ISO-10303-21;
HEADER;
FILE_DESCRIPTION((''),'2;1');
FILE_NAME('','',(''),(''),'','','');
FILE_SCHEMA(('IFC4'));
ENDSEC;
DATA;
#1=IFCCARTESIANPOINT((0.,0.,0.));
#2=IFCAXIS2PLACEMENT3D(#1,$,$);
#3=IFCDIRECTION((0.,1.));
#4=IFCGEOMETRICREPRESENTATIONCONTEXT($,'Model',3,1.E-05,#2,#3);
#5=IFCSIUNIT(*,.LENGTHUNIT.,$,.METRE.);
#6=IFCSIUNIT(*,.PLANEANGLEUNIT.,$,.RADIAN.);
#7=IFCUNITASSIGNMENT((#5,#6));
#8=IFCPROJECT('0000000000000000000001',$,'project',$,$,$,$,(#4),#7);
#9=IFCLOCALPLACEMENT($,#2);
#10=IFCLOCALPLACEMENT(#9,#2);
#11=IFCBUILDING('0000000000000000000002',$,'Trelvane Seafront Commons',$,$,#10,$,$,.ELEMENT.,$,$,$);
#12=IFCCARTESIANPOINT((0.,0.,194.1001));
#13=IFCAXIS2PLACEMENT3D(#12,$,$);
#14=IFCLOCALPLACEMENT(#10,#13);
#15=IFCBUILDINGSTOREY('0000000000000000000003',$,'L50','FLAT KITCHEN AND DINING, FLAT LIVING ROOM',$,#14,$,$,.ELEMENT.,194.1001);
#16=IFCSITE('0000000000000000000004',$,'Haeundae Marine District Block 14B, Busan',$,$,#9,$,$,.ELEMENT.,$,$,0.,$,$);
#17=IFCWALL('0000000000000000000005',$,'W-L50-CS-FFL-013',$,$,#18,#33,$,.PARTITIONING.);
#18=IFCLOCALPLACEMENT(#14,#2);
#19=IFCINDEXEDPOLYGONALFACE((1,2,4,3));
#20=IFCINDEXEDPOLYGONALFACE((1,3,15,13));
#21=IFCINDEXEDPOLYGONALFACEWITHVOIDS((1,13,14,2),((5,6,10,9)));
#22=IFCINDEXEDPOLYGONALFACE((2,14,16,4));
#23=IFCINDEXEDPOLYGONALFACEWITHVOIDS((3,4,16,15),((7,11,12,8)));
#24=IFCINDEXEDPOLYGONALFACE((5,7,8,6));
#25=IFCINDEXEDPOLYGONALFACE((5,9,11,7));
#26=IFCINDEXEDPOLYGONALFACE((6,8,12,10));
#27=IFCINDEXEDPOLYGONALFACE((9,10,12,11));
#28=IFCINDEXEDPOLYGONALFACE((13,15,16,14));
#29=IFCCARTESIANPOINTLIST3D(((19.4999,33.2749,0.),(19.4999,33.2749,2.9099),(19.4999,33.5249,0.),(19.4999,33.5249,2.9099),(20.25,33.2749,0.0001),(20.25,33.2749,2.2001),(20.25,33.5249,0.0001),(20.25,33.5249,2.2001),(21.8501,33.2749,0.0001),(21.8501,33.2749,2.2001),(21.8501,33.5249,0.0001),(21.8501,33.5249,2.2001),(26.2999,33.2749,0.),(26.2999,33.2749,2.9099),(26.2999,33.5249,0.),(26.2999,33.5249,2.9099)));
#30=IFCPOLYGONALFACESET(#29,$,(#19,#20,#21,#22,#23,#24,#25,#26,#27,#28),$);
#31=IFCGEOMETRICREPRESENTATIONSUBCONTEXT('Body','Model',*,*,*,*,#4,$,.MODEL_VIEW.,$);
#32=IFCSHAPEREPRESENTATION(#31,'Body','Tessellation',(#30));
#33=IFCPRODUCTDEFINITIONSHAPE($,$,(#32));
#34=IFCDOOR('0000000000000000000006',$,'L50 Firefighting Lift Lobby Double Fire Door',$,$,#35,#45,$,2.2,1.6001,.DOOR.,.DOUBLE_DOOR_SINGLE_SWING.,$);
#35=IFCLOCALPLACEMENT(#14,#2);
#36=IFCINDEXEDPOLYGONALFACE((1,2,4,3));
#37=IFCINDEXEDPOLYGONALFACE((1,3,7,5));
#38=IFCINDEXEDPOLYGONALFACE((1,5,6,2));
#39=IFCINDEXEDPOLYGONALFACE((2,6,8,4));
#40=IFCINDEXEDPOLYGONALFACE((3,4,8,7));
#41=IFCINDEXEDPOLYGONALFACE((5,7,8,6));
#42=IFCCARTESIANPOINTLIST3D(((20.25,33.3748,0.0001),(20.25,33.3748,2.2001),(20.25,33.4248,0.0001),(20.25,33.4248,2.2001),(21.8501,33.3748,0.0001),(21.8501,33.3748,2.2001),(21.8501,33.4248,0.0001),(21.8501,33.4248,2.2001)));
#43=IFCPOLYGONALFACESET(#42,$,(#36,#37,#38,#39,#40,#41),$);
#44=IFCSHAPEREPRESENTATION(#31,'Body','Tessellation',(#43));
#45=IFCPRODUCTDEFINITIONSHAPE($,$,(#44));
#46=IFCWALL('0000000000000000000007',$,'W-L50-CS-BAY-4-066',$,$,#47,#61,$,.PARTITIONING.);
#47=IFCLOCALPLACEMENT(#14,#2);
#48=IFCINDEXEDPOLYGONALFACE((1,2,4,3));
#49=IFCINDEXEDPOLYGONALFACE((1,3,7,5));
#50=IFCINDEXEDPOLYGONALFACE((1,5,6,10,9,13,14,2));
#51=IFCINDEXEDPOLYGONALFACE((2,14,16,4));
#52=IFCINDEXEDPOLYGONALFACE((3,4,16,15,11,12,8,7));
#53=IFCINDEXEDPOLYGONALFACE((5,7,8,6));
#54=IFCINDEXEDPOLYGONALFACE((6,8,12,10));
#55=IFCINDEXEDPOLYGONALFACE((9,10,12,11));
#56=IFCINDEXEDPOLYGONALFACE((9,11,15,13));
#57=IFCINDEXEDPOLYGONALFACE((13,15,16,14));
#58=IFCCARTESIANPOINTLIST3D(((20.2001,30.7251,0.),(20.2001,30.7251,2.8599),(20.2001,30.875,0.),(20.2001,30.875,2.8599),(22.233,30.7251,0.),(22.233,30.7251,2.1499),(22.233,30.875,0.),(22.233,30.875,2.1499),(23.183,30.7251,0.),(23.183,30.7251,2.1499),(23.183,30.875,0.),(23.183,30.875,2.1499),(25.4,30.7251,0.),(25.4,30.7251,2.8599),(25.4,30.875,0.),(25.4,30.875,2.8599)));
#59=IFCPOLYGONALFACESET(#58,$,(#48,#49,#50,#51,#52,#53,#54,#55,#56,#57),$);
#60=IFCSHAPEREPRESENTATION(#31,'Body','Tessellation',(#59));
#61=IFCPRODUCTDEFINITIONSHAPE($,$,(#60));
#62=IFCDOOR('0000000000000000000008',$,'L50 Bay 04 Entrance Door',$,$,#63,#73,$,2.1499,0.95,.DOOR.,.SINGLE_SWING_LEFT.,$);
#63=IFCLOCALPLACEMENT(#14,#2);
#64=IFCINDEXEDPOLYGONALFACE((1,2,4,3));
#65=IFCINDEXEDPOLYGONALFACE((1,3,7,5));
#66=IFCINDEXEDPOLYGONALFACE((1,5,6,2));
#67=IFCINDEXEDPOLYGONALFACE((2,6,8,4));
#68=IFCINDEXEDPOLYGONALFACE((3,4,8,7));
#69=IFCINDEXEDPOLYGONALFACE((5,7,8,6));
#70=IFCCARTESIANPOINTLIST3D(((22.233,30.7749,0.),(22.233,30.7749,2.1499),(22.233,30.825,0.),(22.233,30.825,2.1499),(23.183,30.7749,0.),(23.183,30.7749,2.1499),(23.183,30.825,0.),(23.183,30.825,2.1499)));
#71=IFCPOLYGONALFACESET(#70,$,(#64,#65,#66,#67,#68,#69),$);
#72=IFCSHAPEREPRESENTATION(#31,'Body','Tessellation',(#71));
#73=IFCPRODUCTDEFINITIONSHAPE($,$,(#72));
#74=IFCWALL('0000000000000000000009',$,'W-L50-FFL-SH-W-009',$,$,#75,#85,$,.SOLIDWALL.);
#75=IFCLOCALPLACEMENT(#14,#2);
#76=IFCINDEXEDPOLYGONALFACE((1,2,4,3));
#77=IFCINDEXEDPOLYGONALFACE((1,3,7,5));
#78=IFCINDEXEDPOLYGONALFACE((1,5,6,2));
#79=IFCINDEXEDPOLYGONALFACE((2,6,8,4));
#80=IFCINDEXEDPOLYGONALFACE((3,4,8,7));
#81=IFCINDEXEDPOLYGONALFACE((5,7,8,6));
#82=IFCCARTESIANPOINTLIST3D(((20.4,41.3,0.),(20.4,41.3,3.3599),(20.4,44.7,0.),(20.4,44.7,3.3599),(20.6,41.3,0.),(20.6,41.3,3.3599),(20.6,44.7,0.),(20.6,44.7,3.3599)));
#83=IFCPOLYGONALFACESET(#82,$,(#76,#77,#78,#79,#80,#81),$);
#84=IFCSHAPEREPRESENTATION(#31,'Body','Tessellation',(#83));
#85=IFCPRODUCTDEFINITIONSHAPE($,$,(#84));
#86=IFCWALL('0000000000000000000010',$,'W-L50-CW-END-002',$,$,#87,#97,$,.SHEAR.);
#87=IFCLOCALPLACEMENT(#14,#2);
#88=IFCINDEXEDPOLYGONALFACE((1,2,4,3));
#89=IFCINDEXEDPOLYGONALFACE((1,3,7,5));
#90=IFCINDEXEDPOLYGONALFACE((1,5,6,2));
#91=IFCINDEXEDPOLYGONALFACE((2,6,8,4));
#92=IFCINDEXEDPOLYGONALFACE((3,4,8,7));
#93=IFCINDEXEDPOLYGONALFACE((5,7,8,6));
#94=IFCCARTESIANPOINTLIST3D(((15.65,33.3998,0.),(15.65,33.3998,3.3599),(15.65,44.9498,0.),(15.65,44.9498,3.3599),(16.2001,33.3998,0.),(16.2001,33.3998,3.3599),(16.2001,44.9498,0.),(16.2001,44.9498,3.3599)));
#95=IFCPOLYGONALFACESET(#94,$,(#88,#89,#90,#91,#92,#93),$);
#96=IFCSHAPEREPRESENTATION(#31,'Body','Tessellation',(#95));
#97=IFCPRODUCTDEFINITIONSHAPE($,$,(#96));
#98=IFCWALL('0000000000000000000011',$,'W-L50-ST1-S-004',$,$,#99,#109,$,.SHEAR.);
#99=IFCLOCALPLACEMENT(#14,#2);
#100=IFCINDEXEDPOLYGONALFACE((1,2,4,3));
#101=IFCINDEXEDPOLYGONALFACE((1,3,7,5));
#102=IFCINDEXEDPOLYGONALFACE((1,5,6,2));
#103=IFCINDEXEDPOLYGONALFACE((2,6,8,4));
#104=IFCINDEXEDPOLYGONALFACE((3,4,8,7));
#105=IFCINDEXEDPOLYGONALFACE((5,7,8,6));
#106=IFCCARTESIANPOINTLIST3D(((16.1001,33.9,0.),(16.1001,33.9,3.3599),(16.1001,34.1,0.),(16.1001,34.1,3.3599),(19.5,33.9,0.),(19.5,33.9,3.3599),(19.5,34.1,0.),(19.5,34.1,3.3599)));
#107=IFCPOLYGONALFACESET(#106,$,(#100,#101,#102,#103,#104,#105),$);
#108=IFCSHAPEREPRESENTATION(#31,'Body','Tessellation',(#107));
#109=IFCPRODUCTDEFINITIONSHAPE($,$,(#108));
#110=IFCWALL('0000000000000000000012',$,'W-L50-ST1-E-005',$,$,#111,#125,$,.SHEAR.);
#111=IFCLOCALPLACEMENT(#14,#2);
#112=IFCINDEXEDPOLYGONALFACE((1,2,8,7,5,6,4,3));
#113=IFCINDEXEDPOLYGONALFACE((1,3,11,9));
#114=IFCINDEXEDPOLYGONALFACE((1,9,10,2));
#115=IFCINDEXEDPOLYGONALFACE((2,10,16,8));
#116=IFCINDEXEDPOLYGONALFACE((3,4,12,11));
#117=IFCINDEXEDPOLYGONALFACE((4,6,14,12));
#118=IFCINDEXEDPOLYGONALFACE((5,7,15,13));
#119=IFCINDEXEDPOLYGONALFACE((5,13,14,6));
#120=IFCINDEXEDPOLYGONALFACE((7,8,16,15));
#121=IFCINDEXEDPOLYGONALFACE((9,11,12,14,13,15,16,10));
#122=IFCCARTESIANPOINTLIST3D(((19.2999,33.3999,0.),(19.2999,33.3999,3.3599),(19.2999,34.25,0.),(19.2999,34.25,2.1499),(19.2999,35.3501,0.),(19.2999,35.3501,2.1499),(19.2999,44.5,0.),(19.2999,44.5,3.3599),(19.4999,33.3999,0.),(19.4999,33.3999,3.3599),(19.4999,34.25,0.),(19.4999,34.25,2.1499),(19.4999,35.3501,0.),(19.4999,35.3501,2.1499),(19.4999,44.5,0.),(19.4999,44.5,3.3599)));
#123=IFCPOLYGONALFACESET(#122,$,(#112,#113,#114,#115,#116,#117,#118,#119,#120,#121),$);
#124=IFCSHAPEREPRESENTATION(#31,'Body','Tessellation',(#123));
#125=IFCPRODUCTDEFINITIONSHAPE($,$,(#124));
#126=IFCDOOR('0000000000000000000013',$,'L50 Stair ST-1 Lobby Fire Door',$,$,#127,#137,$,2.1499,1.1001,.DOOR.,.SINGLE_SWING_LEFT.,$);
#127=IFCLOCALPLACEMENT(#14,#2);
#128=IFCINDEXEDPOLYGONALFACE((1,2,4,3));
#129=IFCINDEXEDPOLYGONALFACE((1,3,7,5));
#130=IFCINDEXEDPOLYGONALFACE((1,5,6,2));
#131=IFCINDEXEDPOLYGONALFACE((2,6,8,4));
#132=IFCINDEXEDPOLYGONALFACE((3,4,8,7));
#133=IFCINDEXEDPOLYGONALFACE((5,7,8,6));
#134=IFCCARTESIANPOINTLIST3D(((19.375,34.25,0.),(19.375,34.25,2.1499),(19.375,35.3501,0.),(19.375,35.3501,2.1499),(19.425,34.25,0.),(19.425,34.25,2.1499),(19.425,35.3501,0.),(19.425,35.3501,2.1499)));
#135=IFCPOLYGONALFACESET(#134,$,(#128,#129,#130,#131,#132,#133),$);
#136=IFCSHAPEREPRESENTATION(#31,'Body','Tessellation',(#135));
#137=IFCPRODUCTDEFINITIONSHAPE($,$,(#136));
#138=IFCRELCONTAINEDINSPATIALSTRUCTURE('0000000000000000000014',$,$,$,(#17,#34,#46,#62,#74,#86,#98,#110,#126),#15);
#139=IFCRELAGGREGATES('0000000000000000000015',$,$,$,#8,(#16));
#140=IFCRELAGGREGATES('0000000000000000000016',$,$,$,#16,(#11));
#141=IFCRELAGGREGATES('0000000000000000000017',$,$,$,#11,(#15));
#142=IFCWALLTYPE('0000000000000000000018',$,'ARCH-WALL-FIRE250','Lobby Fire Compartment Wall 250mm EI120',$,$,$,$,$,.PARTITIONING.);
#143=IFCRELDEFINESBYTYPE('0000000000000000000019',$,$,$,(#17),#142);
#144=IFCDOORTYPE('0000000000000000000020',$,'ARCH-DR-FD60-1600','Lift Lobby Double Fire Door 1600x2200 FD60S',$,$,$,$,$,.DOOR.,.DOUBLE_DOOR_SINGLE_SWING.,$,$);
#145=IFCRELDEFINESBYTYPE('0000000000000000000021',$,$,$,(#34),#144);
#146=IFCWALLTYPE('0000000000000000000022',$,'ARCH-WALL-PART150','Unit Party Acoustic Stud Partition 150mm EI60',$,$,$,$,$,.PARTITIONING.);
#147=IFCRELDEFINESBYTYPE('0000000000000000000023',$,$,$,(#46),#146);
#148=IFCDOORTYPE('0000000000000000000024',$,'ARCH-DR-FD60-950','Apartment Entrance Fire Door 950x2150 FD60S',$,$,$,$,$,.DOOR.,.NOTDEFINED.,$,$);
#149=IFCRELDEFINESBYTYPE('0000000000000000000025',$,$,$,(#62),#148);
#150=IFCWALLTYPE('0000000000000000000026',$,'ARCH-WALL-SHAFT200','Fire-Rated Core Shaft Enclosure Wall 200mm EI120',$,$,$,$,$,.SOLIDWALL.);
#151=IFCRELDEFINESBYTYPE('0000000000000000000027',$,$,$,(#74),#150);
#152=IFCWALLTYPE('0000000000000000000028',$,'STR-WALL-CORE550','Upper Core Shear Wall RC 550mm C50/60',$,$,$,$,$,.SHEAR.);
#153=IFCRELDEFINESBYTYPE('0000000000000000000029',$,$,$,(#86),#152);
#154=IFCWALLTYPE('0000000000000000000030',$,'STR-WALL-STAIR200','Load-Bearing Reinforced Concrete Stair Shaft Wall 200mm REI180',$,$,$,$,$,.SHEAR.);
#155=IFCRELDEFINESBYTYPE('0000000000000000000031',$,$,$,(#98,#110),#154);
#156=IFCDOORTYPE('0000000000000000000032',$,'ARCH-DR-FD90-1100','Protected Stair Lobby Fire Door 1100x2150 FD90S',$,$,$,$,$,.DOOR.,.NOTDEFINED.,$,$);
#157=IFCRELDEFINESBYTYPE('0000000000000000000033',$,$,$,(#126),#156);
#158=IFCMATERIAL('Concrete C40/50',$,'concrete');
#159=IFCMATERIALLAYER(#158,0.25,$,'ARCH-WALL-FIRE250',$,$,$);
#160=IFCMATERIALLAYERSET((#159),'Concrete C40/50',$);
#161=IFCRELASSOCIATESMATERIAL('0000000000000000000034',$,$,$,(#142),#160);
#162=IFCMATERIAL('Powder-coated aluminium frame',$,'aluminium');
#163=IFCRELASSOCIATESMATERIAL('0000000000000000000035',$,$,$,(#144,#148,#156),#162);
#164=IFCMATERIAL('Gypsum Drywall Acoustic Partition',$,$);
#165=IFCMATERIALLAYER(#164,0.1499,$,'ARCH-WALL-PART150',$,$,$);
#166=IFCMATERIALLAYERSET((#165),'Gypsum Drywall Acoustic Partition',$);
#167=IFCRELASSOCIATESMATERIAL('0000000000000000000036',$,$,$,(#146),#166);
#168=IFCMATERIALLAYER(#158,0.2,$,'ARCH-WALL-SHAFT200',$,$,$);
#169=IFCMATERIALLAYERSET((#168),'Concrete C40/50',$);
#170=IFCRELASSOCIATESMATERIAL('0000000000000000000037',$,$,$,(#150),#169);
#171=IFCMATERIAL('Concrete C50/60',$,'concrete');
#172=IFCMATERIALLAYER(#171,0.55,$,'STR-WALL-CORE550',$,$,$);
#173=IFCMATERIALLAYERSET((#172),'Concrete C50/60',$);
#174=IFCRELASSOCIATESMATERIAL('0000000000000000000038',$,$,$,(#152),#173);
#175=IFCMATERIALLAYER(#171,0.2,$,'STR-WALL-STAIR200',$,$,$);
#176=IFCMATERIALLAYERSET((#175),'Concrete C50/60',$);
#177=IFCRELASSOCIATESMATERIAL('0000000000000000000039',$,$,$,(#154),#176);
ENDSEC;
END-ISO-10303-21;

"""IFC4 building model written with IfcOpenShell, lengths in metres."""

from ifc_helpers import new_model, si_unit, direction, frame, frame_2d, origin, place, context, subcontext, project, spatial, rectangle, extrude, source, transform, mapped, material, layer, layer_set, type_object, element, fill, save


model = new_model("IFC4")

# Units and contexts
model_context = context("Model", 3, precision=1e-05, world=origin(), true_north=direction((0.0, 1.0)))
body_context = subcontext(model_context, "Body", "Model", "MODEL_VIEW")
ifc_project = project(units=[si_unit("LENGTHUNIT", "METRE"), si_unit("PLANEANGLEUNIT", "RADIAN")], contexts=[model_context])

# Site, building, storey
site_placement = place(None, origin())
site = spatial("IfcSite", under=ifc_project, at=site_placement, Name="Haeundae Marine District Block 14B, Busan", CompositionType="ELEMENT", RefElevation=0.0)
building_placement = place(site_placement, origin())
building = spatial("IfcBuilding", under=site, at=building_placement, Name="Trelvane Seafront Commons", CompositionType="ELEMENT")
storey_placement = place(building_placement, frame((0.0, 0.0, 194.1001)))
storey = spatial("IfcBuildingStorey", under=building, at=storey_placement, Name="L50", Description="FLAT KITCHEN AND DINING, FLAT LIVING ROOM", CompositionType="ELEMENT", Elevation=194.1001)

# Walls, openings, doors
ifc_material_1 = material(Name="Concrete C40/50", Category="concrete")
ifc_layer_1 = layer(ifc_material_1, 0.25, Name="ARCH-WALL-FIRE250")
ifc_layer_set_1 = layer_set([ifc_layer_1], Name="Concrete C40/50")
wall_type_1 = type_object("IfcWallType", Name="ARCH-WALL-FIRE250", Description="Lobby Fire Compartment Wall 250mm EI120", PredefinedType="PARTITIONING", material=ifc_layer_set_1)
wall_1_placement = place(storey_placement, frame((19.5, 33.3999, 0.0), z_axis=(0.0, 0.0, 1.0), x_axis=(1.0, 0.0, 0.0)))
wall_1 = element("IfcWall", 1, at=wall_1_placement, inside=storey, type_object=wall_type_1, Name="W-L50-CS-FFL-013", PredefinedType="PARTITIONING", context=body_context, shape_type="SweptSolid", body=[
    extrude(rectangle(XDim=6.8, YDim=0.25, at=frame_2d((3.3999, 0.0))), origin(), (0.0, 0.0, 1.0), 2.9099),
])
opening_1_placement = place(wall_1_placement, frame((0.75, 0.0, 0.0)))
opening_1 = element("IfcOpeningElement", 2, at=opening_1_placement, cuts=wall_1, PredefinedType="OPENING", context=body_context, shape_type="SweptSolid", body=[
    extrude(rectangle(XDim=1.6001, YDim=2.2, at=frame_2d((0.8, 1.1001))), frame((0.0, 0.135, 0.0), z_axis=(0.0, -1.0, 0.0), x_axis=(1.0, 0.0, 0.0)), (0.0, 0.0, 1.0), 0.27),
])
ifc_material_2 = material(Name="Powder-coated aluminium frame", Category="aluminium")
door_type_1 = type_object("IfcDoorType", Name="ARCH-DR-FD60-1600", Description="Lift Lobby Double Fire Door 1600x2200 FD60S", OperationType="DOUBLE_DOOR_SINGLE_SWING", PredefinedType="DOOR", material=ifc_material_2)
shared_shape_1 = source(origin(), body_context, "Body", "SweptSolid", [
    extrude(rectangle(XDim=1.6001, YDim=2.2, at=frame_2d((0.8, 1.1001))), frame((0.0, 0.0249, 0.0), z_axis=(0.0, -1.0, 0.0), x_axis=(1.0, 0.0, 0.0)), (0.0, 0.0, 1.0), 0.05),
])
door_1_placement = place(opening_1_placement, origin())
door_1 = element("IfcDoor", 3, at=door_1_placement, inside=storey, type_object=door_type_1, Name="L50 Firefighting Lift Lobby Double Fire Door", OperationType="DOUBLE_DOOR_SINGLE_SWING", OverallHeight=2.2, OverallWidth=1.6001, PredefinedType="DOOR", context=body_context, shape_type="MappedRepresentation", body=[
    mapped(shared_shape_1, transform((0.0, 0.0, 0.0), x_axis=(1.0, 0.0, 0.0), y_axis=(0.0, 1.0, 0.0), z_axis=(0.0, 0.0, 1.0), scale=1.0)),
])
fill(opening_1, door_1)
ifc_material_3 = material(Name="Gypsum Drywall Acoustic Partition")
ifc_layer_2 = layer(ifc_material_3, 0.1499, Name="ARCH-WALL-PART150")
ifc_layer_set_2 = layer_set([ifc_layer_2], Name="Gypsum Drywall Acoustic Partition")
wall_type_2 = type_object("IfcWallType", Name="ARCH-WALL-PART150", Description="Unit Party Acoustic Stud Partition 150mm EI60", PredefinedType="PARTITIONING", material=ifc_layer_set_2)
wall_2_placement = place(storey_placement, frame((20.2, 30.8, 0.0), z_axis=(0.0, 0.0, 1.0), x_axis=(1.0, 0.0, 0.0)))
wall_2 = element("IfcWall", 4, at=wall_2_placement, inside=storey, type_object=wall_type_2, Name="W-L50-CS-BAY-4-066", PredefinedType="PARTITIONING", context=body_context, shape_type="SweptSolid", body=[
    extrude(rectangle(XDim=5.2, YDim=0.1499, at=frame_2d((2.6001, 0.0))), origin(), (0.0, 0.0, 1.0), 2.8599),
])
opening_2_placement = place(wall_2_placement, frame((2.033, 0.0, 0.0)))
opening_2 = element("IfcOpeningElement", 5, at=opening_2_placement, cuts=wall_2, PredefinedType="OPENING", context=body_context, shape_type="SweptSolid", body=[
    extrude(rectangle(XDim=0.95, YDim=2.1499, at=frame_2d((0.4751, 1.075))), frame((0.0, 0.085, 0.0), z_axis=(0.0, -1.0, 0.0), x_axis=(1.0, 0.0, 0.0)), (0.0, 0.0, 1.0), 0.1699),
])
door_type_2 = type_object("IfcDoorType", Name="ARCH-DR-FD60-950", Description="Apartment Entrance Fire Door 950x2150 FD60S", OperationType="NOTDEFINED", PredefinedType="DOOR", material=ifc_material_2)
shared_shape_2 = source(origin(), body_context, "Body", "SweptSolid", [
    extrude(rectangle(XDim=0.95, YDim=2.1499, at=frame_2d((0.4751, 1.075))), frame((0.0, 0.0249, 0.0), z_axis=(0.0, -1.0, 0.0), x_axis=(1.0, 0.0, 0.0)), (0.0, 0.0, 1.0), 0.05),
])
door_2_placement = place(opening_2_placement, origin())
door_2 = element("IfcDoor", 6, at=door_2_placement, inside=storey, type_object=door_type_2, Name="L50 Bay 04 Entrance Door", OperationType="SINGLE_SWING_LEFT", OverallHeight=2.1499, OverallWidth=0.95, PredefinedType="DOOR", context=body_context, shape_type="MappedRepresentation", body=[
    mapped(shared_shape_2, transform((0.0, 0.0, 0.0), x_axis=(1.0, 0.0, 0.0), y_axis=(0.0, 1.0, 0.0), z_axis=(0.0, 0.0, 1.0), scale=1.0)),
])
fill(opening_2, door_2)

# Shared definitions
ifc_layer_3 = layer(ifc_material_1, 0.2, Name="ARCH-WALL-SHAFT200")
ifc_layer_set_3 = layer_set([ifc_layer_3], Name="Concrete C40/50")
wall_type_3 = type_object("IfcWallType", Name="ARCH-WALL-SHAFT200", Description="Fire-Rated Core Shaft Enclosure Wall 200mm EI120", PredefinedType="SOLIDWALL", material=ifc_layer_set_3)
shared_shape_3 = source(origin(), body_context, "Body", "SweptSolid", [
    extrude(rectangle(XDim=1.1001, YDim=2.1499, at=frame_2d((0.55, 1.075))), frame((0.0, 0.0249, 0.0), z_axis=(0.0, -1.0, 0.0), x_axis=(1.0, 0.0, 0.0)), (0.0, 0.0, 1.0), 0.05),
])

# Walls
wall_3_placement = place(storey_placement, frame((20.5, 41.3, 0.0), z_axis=(0.0, 0.0, 1.0), x_axis=(0.0, 1.0, 0.0)))
element("IfcWall", 7, at=wall_3_placement, inside=storey, type_object=wall_type_3, Name="W-L50-FFL-SH-W-009", PredefinedType="SOLIDWALL", context=body_context, shape_type="SweptSolid", body=[
    extrude(rectangle(XDim=3.3999, YDim=0.2, at=frame_2d((1.7, 0.0))), origin(), (0.0, 0.0, 1.0), 3.3599),
])
ifc_material_4 = material(Name="Concrete C50/60", Category="concrete")
ifc_layer_4 = layer(ifc_material_4, 0.55, Name="STR-WALL-CORE550")
ifc_layer_set_4 = layer_set([ifc_layer_4], Name="Concrete C50/60")
wall_type_4 = type_object("IfcWallType", Name="STR-WALL-CORE550", Description="Upper Core Shear Wall RC 550mm C50/60", PredefinedType="SHEAR", material=ifc_layer_set_4)
wall_4_placement = place(storey_placement, frame((15.925, 33.3999, 0.0), z_axis=(0.0, 0.0, 1.0), x_axis=(0.0, 1.0, 0.0)))
element("IfcWall", 8, at=wall_4_placement, inside=storey, type_object=wall_type_4, Name="W-L50-CW-END-002", PredefinedType="SHEAR", context=body_context, shape_type="SweptSolid", body=[
    extrude(rectangle(XDim=11.55, YDim=0.55, at=frame_2d((5.7749, 0.0))), origin(), (0.0, 0.0, 1.0), 3.3599),
])
ifc_layer_5 = layer(ifc_material_4, 0.2, Name="STR-WALL-STAIR200")
ifc_layer_set_5 = layer_set([ifc_layer_5], Name="Concrete C50/60")
wall_type_5 = type_object("IfcWallType", Name="STR-WALL-STAIR200", Description="Load-Bearing Reinforced Concrete Stair Shaft Wall 200mm REI180", PredefinedType="SHEAR", material=ifc_layer_set_5)
wall_5_placement = place(storey_placement, frame((16.1001, 34.0, 0.0), z_axis=(0.0, 0.0, 1.0), x_axis=(1.0, 0.0, 0.0)))
element("IfcWall", 9, at=wall_5_placement, inside=storey, type_object=wall_type_5, Name="W-L50-ST1-S-004", PredefinedType="SHEAR", context=body_context, shape_type="SweptSolid", body=[
    extrude(rectangle(XDim=3.3999, YDim=0.2, at=frame_2d((1.7, 0.0))), origin(), (0.0, 0.0, 1.0), 3.3599),
])

# Wall, opening, door
wall_6_placement = place(storey_placement, frame((19.3999, 33.3999, 0.0), z_axis=(0.0, 0.0, 1.0), x_axis=(0.0, 1.0, 0.0)))
wall_6 = element("IfcWall", 10, at=wall_6_placement, inside=storey, type_object=wall_type_5, Name="W-L50-ST1-E-005", PredefinedType="SHEAR", context=body_context, shape_type="SweptSolid", body=[
    extrude(rectangle(XDim=11.1001, YDim=0.2, at=frame_2d((5.55, 0.0))), origin(), (0.0, 0.0, 1.0), 3.3599),
])
opening_3_placement = place(wall_6_placement, frame((0.8501, 0.0, 0.0)))
opening_3 = element("IfcOpeningElement", 11, at=opening_3_placement, cuts=wall_6, PredefinedType="OPENING", context=body_context, shape_type="SweptSolid", body=[
    extrude(rectangle(XDim=1.1001, YDim=2.1499, at=frame_2d((0.55, 1.075))), frame((0.0, 0.1099, 0.0), z_axis=(0.0, -1.0, 0.0), x_axis=(1.0, 0.0, 0.0)), (0.0, 0.0, 1.0), 0.22),
])
door_type_3 = type_object("IfcDoorType", Name="ARCH-DR-FD90-1100", Description="Protected Stair Lobby Fire Door 1100x2150 FD90S", OperationType="NOTDEFINED", PredefinedType="DOOR", material=ifc_material_2)
door_3_placement = place(opening_3_placement, origin())
door_3 = element("IfcDoor", 12, at=door_3_placement, inside=storey, type_object=door_type_3, Name="L50 Stair ST-1 Lobby Fire Door", OperationType="SINGLE_SWING_LEFT", OverallHeight=2.1499, OverallWidth=1.1001, PredefinedType="DOOR", context=body_context, shape_type="MappedRepresentation", body=[
    mapped(shared_shape_3, transform((0.0, 0.0, 0.0), x_axis=(1.0, 0.0, 0.0), y_axis=(0.0, 1.0, 0.0), z_axis=(0.0, 0.0, 1.0), scale=1.0)),
])
fill(opening_3, door_3)

save(model, "model.ifc")
